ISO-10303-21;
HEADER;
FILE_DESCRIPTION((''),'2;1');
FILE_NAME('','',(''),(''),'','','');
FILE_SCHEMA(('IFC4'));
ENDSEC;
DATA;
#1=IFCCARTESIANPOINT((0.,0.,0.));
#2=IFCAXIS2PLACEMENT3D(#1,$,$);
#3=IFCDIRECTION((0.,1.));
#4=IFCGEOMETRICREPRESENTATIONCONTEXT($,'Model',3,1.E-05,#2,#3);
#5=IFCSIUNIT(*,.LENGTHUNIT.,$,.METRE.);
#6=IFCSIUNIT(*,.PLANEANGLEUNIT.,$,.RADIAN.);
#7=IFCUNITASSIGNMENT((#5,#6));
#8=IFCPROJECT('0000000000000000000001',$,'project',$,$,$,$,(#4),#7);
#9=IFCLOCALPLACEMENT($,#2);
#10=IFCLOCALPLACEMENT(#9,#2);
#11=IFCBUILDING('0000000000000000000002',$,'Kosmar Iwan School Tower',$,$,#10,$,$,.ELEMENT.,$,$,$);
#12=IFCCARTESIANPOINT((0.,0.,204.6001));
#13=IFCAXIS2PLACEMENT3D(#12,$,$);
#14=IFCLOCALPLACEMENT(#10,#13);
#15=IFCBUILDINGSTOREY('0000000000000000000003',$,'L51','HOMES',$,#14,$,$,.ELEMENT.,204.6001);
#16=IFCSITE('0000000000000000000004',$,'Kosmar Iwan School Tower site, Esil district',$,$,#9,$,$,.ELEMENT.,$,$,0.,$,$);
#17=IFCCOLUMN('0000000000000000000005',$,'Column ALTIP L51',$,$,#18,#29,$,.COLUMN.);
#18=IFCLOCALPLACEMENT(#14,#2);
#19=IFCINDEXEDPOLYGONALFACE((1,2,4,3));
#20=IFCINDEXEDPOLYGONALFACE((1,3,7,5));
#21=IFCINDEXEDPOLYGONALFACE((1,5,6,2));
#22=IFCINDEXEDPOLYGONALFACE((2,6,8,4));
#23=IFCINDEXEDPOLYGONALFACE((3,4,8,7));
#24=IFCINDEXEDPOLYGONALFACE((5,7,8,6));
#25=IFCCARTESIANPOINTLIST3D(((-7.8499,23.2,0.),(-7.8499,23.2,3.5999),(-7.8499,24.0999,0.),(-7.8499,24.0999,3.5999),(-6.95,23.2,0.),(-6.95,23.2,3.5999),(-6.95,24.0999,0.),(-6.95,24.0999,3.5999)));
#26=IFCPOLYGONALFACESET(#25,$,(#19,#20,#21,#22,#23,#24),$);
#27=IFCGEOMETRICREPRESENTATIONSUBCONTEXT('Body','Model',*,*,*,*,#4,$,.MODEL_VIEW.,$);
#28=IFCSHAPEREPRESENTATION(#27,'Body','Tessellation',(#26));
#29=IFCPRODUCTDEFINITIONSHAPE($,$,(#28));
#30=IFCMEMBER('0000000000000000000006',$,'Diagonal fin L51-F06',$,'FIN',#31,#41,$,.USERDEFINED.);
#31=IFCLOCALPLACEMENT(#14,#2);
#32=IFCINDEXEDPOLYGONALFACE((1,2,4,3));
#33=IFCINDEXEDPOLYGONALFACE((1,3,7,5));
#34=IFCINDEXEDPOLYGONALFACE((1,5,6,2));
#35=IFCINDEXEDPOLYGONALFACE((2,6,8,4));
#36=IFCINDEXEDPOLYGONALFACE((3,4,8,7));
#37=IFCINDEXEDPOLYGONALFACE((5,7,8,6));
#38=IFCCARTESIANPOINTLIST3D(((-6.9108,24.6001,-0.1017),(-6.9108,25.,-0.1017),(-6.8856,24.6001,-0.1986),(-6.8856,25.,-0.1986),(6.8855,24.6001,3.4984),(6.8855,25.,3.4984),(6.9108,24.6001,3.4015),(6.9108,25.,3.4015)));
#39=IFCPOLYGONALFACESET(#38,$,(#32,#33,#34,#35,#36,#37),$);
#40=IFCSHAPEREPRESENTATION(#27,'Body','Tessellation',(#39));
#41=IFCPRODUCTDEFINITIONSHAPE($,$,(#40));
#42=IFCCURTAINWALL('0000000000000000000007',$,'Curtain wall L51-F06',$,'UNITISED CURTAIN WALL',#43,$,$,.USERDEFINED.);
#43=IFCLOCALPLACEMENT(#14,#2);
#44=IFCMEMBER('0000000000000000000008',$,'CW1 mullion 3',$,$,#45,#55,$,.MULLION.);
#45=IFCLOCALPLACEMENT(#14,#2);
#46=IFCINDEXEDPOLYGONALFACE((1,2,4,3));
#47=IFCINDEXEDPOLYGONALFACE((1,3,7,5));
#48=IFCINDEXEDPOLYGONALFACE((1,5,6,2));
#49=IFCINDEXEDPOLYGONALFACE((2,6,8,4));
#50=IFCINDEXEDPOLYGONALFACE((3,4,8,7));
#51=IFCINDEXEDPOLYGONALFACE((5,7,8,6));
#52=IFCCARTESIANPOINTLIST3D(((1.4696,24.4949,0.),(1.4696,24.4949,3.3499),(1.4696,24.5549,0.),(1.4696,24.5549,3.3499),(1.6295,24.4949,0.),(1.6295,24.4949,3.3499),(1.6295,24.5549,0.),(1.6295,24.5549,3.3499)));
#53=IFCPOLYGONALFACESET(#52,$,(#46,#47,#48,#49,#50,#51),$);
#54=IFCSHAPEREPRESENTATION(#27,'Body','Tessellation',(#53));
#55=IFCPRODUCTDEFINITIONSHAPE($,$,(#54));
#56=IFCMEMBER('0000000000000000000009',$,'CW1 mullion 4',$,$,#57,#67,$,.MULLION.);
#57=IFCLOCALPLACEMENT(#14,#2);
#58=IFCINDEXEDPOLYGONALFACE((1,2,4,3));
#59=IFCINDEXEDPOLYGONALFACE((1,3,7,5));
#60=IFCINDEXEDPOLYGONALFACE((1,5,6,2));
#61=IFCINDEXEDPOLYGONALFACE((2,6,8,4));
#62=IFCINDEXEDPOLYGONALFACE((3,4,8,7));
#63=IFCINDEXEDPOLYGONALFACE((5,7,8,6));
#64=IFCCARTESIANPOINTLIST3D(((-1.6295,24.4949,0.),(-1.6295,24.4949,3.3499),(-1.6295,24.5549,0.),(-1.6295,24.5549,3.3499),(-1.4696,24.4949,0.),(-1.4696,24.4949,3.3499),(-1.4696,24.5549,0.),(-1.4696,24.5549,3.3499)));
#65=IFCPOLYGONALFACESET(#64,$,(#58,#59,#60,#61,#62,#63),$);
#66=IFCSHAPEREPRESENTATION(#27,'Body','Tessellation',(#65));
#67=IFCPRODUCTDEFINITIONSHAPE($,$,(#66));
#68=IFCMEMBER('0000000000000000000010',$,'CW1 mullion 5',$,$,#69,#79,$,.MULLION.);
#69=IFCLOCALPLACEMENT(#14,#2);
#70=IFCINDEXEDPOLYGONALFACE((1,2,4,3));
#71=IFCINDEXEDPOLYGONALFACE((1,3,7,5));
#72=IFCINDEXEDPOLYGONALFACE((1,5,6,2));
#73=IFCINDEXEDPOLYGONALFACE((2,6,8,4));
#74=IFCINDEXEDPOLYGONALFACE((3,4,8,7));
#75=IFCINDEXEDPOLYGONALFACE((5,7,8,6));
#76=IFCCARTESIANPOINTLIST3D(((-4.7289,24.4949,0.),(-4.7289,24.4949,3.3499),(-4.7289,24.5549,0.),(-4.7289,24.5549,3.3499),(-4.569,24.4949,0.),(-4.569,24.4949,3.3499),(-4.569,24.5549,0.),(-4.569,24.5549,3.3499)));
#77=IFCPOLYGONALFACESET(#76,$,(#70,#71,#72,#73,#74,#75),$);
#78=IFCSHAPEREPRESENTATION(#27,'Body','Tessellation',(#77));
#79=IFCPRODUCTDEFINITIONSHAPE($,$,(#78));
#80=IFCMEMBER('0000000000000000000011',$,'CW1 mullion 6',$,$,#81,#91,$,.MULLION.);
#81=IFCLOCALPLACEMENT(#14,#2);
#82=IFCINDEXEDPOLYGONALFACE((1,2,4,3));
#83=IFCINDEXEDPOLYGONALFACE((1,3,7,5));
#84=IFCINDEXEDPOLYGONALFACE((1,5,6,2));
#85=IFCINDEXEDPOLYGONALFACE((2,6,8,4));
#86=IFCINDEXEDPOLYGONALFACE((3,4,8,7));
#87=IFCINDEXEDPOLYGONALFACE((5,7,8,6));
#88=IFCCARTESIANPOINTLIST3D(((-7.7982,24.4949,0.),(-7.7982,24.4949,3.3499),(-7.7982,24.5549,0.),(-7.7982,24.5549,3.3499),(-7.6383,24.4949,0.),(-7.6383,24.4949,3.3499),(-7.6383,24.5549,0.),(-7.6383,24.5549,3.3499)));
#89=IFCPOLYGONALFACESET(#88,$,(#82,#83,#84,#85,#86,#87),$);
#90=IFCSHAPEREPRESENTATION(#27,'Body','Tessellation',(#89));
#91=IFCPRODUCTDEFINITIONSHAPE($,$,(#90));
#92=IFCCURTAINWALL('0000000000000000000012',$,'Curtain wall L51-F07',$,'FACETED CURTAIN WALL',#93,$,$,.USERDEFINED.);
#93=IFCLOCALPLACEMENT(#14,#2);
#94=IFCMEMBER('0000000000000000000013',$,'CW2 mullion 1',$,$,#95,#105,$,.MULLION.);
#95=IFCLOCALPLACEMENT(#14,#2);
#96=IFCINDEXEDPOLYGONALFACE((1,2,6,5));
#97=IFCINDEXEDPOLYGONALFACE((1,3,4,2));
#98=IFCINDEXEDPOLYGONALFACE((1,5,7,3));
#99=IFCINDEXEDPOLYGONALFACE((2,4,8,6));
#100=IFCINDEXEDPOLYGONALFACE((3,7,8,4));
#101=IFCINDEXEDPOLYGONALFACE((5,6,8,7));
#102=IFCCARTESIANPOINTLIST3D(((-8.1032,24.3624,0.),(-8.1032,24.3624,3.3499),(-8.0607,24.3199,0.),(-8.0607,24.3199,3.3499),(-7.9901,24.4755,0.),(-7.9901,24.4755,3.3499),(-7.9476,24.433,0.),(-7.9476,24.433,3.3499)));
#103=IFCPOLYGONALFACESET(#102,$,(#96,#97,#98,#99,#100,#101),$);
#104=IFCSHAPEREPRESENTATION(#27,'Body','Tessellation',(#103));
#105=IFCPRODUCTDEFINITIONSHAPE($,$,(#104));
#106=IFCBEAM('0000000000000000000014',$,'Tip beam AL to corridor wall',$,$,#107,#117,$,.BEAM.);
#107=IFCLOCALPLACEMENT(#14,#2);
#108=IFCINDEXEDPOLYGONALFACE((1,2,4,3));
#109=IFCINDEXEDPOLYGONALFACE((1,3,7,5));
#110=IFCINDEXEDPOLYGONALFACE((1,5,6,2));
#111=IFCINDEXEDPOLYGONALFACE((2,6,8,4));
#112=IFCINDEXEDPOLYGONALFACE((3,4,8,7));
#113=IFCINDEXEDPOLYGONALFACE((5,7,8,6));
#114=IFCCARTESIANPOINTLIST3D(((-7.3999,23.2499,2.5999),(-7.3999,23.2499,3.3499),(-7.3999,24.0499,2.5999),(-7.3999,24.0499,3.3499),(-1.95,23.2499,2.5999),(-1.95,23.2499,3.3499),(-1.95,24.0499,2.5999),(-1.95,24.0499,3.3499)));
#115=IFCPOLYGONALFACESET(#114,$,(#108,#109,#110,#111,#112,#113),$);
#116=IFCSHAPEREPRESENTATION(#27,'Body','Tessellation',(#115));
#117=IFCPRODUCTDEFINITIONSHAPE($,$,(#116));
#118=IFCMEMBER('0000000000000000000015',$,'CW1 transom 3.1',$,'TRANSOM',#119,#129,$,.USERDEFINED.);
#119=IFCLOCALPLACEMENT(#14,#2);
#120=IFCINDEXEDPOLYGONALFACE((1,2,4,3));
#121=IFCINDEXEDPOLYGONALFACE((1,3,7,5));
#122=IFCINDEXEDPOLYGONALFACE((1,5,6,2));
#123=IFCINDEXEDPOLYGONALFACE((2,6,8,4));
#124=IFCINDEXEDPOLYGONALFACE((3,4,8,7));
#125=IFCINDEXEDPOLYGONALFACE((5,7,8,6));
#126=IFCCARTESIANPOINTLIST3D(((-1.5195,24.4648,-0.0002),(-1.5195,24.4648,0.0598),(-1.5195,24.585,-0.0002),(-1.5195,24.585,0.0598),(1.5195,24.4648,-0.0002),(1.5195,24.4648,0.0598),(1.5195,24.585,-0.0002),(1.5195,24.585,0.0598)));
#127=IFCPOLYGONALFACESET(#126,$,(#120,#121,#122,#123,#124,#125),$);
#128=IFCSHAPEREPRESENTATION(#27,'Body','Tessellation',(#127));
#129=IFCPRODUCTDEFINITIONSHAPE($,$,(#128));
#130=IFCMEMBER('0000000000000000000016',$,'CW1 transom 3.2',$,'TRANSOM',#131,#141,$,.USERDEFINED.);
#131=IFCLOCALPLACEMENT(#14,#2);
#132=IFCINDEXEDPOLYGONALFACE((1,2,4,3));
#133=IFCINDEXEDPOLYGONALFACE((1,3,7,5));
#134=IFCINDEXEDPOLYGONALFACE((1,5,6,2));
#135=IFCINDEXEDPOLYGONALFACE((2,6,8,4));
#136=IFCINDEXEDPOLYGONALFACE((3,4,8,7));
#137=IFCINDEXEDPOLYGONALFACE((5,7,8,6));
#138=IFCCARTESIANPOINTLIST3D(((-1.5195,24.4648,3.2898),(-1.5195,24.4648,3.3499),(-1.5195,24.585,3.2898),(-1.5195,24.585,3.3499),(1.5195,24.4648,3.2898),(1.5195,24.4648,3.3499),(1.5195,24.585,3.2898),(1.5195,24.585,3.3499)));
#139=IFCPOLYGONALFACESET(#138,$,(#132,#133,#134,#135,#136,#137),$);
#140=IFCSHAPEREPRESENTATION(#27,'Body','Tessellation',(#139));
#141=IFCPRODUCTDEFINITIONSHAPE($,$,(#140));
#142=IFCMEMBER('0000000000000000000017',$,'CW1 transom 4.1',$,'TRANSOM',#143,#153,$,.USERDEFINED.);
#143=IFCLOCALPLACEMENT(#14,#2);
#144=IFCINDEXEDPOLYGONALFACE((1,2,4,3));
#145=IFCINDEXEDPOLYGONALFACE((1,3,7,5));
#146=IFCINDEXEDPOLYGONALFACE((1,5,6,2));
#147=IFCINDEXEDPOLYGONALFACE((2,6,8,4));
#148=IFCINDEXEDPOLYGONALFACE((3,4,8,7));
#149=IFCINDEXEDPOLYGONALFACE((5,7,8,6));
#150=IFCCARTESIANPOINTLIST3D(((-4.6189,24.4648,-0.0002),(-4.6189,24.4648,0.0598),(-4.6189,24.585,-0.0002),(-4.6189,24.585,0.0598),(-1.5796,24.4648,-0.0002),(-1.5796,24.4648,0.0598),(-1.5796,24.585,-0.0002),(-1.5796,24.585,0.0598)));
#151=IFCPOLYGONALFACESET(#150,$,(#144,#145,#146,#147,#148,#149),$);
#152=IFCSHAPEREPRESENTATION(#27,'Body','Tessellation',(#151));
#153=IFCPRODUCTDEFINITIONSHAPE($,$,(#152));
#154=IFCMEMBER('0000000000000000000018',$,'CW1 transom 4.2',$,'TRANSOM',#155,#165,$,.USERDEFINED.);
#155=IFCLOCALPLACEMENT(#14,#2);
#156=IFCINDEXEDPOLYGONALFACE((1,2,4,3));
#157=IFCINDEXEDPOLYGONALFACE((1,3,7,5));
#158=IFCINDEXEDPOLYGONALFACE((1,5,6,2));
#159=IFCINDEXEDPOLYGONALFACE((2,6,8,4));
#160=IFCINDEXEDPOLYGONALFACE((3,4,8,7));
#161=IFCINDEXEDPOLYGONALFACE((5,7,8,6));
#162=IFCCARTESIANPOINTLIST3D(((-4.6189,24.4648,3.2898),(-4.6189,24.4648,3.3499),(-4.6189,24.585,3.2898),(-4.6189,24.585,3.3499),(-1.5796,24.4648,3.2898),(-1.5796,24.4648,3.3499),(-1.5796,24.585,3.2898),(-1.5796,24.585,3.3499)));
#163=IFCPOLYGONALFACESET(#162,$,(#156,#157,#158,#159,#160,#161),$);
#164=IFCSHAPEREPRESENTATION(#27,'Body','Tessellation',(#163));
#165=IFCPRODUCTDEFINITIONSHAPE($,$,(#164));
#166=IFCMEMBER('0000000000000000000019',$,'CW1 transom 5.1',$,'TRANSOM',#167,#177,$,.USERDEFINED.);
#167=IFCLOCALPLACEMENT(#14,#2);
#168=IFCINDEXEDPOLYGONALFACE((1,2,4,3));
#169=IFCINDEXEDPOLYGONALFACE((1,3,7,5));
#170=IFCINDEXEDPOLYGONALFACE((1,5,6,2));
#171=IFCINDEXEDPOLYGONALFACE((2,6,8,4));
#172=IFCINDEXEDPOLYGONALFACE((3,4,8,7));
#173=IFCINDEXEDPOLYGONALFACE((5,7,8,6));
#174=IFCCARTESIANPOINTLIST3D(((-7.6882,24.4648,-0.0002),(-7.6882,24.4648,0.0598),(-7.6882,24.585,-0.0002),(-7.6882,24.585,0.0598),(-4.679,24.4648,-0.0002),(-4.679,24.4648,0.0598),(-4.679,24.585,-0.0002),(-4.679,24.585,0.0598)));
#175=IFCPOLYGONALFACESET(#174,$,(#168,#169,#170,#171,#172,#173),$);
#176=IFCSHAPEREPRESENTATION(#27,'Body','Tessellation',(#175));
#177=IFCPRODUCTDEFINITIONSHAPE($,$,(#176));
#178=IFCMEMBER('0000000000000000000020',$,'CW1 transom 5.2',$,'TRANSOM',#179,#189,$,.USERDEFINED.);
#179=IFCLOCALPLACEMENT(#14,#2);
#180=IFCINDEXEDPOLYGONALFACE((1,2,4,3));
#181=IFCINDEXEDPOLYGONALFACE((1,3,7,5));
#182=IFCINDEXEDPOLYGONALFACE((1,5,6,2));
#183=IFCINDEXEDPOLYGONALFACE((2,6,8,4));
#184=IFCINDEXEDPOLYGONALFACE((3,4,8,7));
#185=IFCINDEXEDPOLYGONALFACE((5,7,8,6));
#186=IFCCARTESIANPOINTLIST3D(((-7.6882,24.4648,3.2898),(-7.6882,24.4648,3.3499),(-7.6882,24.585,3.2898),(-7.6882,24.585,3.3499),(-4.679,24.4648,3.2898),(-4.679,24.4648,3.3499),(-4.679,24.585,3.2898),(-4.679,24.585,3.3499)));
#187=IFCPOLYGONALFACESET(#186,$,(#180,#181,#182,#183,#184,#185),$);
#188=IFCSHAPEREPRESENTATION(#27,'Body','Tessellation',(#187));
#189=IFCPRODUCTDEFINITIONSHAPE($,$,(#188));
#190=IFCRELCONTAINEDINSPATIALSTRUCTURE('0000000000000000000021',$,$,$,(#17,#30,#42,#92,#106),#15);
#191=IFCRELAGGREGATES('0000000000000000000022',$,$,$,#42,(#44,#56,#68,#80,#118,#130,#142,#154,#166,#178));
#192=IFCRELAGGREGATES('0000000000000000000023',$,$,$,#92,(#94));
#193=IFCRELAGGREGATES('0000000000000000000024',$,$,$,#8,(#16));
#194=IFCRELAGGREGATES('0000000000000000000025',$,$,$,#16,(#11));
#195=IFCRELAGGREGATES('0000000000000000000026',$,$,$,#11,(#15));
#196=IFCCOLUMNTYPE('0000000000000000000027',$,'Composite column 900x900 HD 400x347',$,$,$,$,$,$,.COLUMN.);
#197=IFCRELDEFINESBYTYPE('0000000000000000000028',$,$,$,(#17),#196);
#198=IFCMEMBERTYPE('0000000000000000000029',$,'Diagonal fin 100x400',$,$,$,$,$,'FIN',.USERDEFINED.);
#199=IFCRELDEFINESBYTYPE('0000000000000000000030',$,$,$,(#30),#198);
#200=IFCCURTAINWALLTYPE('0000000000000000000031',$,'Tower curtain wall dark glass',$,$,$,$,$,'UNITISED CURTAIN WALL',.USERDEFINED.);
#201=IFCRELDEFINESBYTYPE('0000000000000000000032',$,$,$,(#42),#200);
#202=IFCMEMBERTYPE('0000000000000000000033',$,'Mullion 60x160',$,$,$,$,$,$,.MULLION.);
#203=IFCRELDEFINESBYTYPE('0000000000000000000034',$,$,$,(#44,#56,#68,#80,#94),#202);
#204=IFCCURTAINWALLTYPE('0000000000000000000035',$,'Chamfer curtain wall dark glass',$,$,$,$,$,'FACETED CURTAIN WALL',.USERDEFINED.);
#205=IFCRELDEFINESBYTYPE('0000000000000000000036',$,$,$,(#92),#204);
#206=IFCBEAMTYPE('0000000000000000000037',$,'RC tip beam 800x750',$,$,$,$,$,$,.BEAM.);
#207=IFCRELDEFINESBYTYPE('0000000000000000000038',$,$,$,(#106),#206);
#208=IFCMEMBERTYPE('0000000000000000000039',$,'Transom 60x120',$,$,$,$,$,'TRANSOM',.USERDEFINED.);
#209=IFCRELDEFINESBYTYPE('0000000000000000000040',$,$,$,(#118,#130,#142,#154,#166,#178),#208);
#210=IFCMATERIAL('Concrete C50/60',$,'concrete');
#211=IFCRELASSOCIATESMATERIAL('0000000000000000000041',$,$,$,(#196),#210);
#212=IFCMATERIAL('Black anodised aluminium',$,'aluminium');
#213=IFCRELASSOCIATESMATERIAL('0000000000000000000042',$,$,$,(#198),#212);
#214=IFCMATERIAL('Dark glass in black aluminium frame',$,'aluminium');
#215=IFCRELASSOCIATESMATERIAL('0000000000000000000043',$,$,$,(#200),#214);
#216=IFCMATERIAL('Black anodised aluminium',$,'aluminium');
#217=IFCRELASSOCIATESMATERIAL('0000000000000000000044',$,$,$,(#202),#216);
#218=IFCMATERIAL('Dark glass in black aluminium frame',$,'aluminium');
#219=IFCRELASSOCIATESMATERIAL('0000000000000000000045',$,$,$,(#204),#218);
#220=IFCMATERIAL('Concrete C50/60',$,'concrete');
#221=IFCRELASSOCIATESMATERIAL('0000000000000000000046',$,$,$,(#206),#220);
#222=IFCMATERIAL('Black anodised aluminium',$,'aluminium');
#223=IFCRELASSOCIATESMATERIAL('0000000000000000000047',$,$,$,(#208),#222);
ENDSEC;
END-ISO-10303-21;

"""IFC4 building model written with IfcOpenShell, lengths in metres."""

from ifc_helpers import new_model, si_unit, direction, frame, origin, origin_2d, place, context, subcontext, project, spatial, rectangle, extrude, material, material_profile, profile_set, type_object, element, aggregate, save


model = new_model("IFC4")

# Units and contexts
model_context = context("Model", 3, precision=1e-05, world=origin(), true_north=direction((0.0, 1.0)))
body_context = subcontext(model_context, "Body", "Model", "MODEL_VIEW")
ifc_project = project(units=[si_unit("LENGTHUNIT", "METRE"), si_unit("PLANEANGLEUNIT", "RADIAN")], contexts=[model_context])

# Site, building, storey
site_placement = place(None, origin())
site = spatial("IfcSite", under=ifc_project, at=site_placement, Name="Kosmar Iwan School Tower site, Esil district", CompositionType="ELEMENT", RefElevation=0.0)
building_placement = place(site_placement, origin())
building = spatial("IfcBuilding", under=site, at=building_placement, Name="Kosmar Iwan School Tower", CompositionType="ELEMENT")
storey_placement = place(building_placement, frame((0.0, 0.0, 204.6001)))
storey = spatial("IfcBuildingStorey", under=building, at=storey_placement, Name="L51", Description="HOMES", CompositionType="ELEMENT", Elevation=204.6001)

# Column
ifc_material_1 = material(Name="Concrete C50/60", Category="concrete")
ifc_material_profile_1 = material_profile(ifc_material_1, rectangle(XDim=0.8999, YDim=0.8999, at=origin_2d()), Name="RC 900x900 + HD 400x347")
ifc_profile_set_1 = profile_set([ifc_material_profile_1], Name="Concrete C50/60")
column_type = type_object("IfcColumnType", Name="Composite column 900x900 HD 400x347", PredefinedType="COLUMN", material=ifc_profile_set_1)
column_placement = place(storey_placement, frame((-7.3999, 23.6499, 0.0), z_axis=(0.0, 0.0, 1.0), x_axis=(0.0, 1.0, 0.0)))
element("IfcColumn", 1, at=column_placement, inside=storey, type_object=column_type, Name="Column ALTIP L51", PredefinedType="COLUMN", context=body_context, shape_type="SweptSolid", body=[
    extrude(rectangle(XDim=0.8999, YDim=0.8999, at=origin_2d()), origin(), (0.0, 0.0, 1.0), 3.5999),
])

# Member
ifc_material_2 = material(Name="Black anodised aluminium", Category="aluminium")
ifc_material_profile_2 = material_profile(ifc_material_2, rectangle(XDim=0.1001, YDim=0.3999, at=origin_2d()), Name="FIN 100x400")
ifc_profile_set_2 = profile_set([ifc_material_profile_2], Name="Black anodised aluminium")
member_type_1 = type_object("IfcMemberType", Name="Diagonal fin 100x400", ElementType="FIN", PredefinedType="USERDEFINED", material=ifc_profile_set_2)
member_1_placement = place(storey_placement, frame((-6.8982, 24.8, -0.1501), z_axis=(0.967599, 0.0, 0.25249), x_axis=(-0.25249, 0.0, 0.967599)))
element("IfcMember", 2, at=member_1_placement, inside=storey, type_object=member_type_1, Name="Diagonal fin L51-F06", ObjectType="FIN", PredefinedType="USERDEFINED", context=body_context, shape_type="SweptSolid", body=[
    extrude(rectangle(XDim=0.1001, YDim=0.3999, at=origin_2d()), origin(), (0.0, 0.0, 1.0), 14.2583),
])

# Curtain wall, members
ifc_material_3 = material(Name="Dark glass in black aluminium frame", Category="aluminium")
curtain_wall_type_1 = type_object("IfcCurtainWallType", Name="Tower curtain wall dark glass", ElementType="UNITISED CURTAIN WALL", PredefinedType="USERDEFINED", material=ifc_material_3)
curtain_wall_1_placement = place(storey_placement, origin())
curtain_wall_1 = element("IfcCurtainWall", 3, at=curtain_wall_1_placement, inside=storey, type_object=curtain_wall_type_1, Name="Curtain wall L51-F06", ObjectType="UNITISED CURTAIN WALL", PredefinedType="USERDEFINED")
ifc_material_4 = material(Name="Black anodised aluminium", Category="aluminium")
ifc_material_profile_3 = material_profile(ifc_material_4, rectangle(XDim=0.0601, YDim=0.1599, at=origin_2d()), Name="MULLION 60x160")
ifc_profile_set_3 = profile_set([ifc_material_profile_3], Name="Black anodised aluminium")
member_type_2 = type_object("IfcMemberType", Name="Mullion 60x160", PredefinedType="MULLION", material=ifc_profile_set_3)
member_2_placement = place(storey_placement, frame((1.5496, 24.5249, 0.0), z_axis=(0.0, 0.0, 1.0), x_axis=(0.0, -1.0, 0.0)))
member_2 = element("IfcMember", 4, at=member_2_placement, type_object=member_type_2, Name="CW1 mullion 3", PredefinedType="MULLION", context=body_context, shape_type="SweptSolid", body=[
    extrude(rectangle(XDim=0.0601, YDim=0.1599, at=origin_2d()), origin(), (0.0, 0.0, 1.0), 3.3499),
])
member_3_placement = place(storey_placement, frame((-1.5496, 24.5249, 0.0), z_axis=(0.0, 0.0, 1.0), x_axis=(0.0, -1.0, 0.0)))
member_3 = element("IfcMember", 5, at=member_3_placement, type_object=member_type_2, Name="CW1 mullion 4", PredefinedType="MULLION", context=body_context, shape_type="SweptSolid", body=[
    extrude(rectangle(XDim=0.0601, YDim=0.1599, at=origin_2d()), origin(), (0.0, 0.0, 1.0), 3.3499),
])
member_4_placement = place(storey_placement, frame((-4.6489, 24.5249, 0.0), z_axis=(0.0, 0.0, 1.0), x_axis=(0.0, -1.0, 0.0)))
member_4 = element("IfcMember", 6, at=member_4_placement, type_object=member_type_2, Name="CW1 mullion 5", PredefinedType="MULLION", context=body_context, shape_type="SweptSolid", body=[
    extrude(rectangle(XDim=0.0601, YDim=0.1599, at=origin_2d()), origin(), (0.0, 0.0, 1.0), 3.3499),
])
member_5_placement = place(storey_placement, frame((-7.7183, 24.5249, 0.0), z_axis=(0.0, 0.0, 1.0), x_axis=(0.0, -1.0, 0.0)))
member_5 = element("IfcMember", 7, at=member_5_placement, type_object=member_type_2, Name="CW1 mullion 6", PredefinedType="MULLION", context=body_context, shape_type="SweptSolid", body=[
    extrude(rectangle(XDim=0.0601, YDim=0.1599, at=origin_2d()), origin(), (0.0, 0.0, 1.0), 3.3499),
])

# Curtain wall, member
ifc_material_5 = material(Name="Dark glass in black aluminium frame", Category="aluminium")
curtain_wall_type_2 = type_object("IfcCurtainWallType", Name="Chamfer curtain wall dark glass", ElementType="FACETED CURTAIN WALL", PredefinedType="USERDEFINED", material=ifc_material_5)
curtain_wall_2_placement = place(storey_placement, origin())
curtain_wall_2 = element("IfcCurtainWall", 8, at=curtain_wall_2_placement, inside=storey, type_object=curtain_wall_type_2, Name="Curtain wall L51-F07", ObjectType="FACETED CURTAIN WALL", PredefinedType="USERDEFINED")
member_6_placement = place(storey_placement, frame((-8.0254, 24.3977, 0.0), z_axis=(0.0, 0.0, 1.0), x_axis=(0.707107, -0.707107, 0.0)))
member_6 = element("IfcMember", 9, at=member_6_placement, type_object=member_type_2, Name="CW2 mullion 1", PredefinedType="MULLION", context=body_context, shape_type="SweptSolid", body=[
    extrude(rectangle(XDim=0.0601, YDim=0.1599, at=origin_2d()), origin(), (0.0, 0.0, 1.0), 3.3499),
])

# Beam
ifc_material_6 = material(Name="Concrete C50/60", Category="concrete")
ifc_material_profile_4 = material_profile(ifc_material_6, rectangle(XDim=0.8, YDim=0.75, at=origin_2d()), Name="RC 800x750")
ifc_profile_set_4 = profile_set([ifc_material_profile_4], Name="Concrete C50/60")
beam_type = type_object("IfcBeamType", Name="RC tip beam 800x750", PredefinedType="BEAM", material=ifc_profile_set_4)
beam_placement = place(storey_placement, frame((-7.3999, 23.6499, 2.9749), z_axis=(1.0, 0.0, 0.0), x_axis=(0.0, 1.0, 0.0)))
element("IfcBeam", 10, at=beam_placement, inside=storey, type_object=beam_type, Name="Tip beam AL to corridor wall", PredefinedType="BEAM", context=body_context, shape_type="SweptSolid", body=[
    extrude(rectangle(XDim=0.8, YDim=0.75, at=origin_2d()), origin(), (0.0, 0.0, 1.0), 5.45),
])

# Members
ifc_material_7 = material(Name="Black anodised aluminium", Category="aluminium")
ifc_material_profile_5 = material_profile(ifc_material_7, rectangle(XDim=0.1201, YDim=0.0601, at=origin_2d()), Name="TRANSOM 60x120")
ifc_profile_set_5 = profile_set([ifc_material_profile_5], Name="Black anodised aluminium")
member_type_3 = type_object("IfcMemberType", Name="Transom 60x120", ElementType="TRANSOM", PredefinedType="USERDEFINED", material=ifc_profile_set_5)
member_7_placement = place(storey_placement, frame((1.5195, 24.5249, 0.0298), z_axis=(-1.0, 0.0, 0.0), x_axis=(0.0, -1.0, 0.0)))
member_7 = element("IfcMember", 11, at=member_7_placement, type_object=member_type_3, Name="CW1 transom 3.1", ObjectType="TRANSOM", PredefinedType="USERDEFINED", context=body_context, shape_type="SweptSolid", body=[
    extrude(rectangle(XDim=0.1201, YDim=0.0601, at=origin_2d()), origin(), (0.0, 0.0, 1.0), 3.0391),
])
member_8_placement = place(storey_placement, frame((1.5195, 24.5249, 3.3198), z_axis=(-1.0, 0.0, 0.0), x_axis=(0.0, -1.0, 0.0)))
member_8 = element("IfcMember", 12, at=member_8_placement, type_object=member_type_3, Name="CW1 transom 3.2", ObjectType="TRANSOM", PredefinedType="USERDEFINED", context=body_context, shape_type="SweptSolid", body=[
    extrude(rectangle(XDim=0.1201, YDim=0.0601, at=origin_2d()), origin(), (0.0, 0.0, 1.0), 3.0391),
])
member_9_placement = place(storey_placement, frame((-1.5796, 24.5249, 0.0298), z_axis=(-1.0, 0.0, 0.0), x_axis=(0.0, -1.0, 0.0)))
member_9 = element("IfcMember", 13, at=member_9_placement, type_object=member_type_3, Name="CW1 transom 4.1", ObjectType="TRANSOM", PredefinedType="USERDEFINED", context=body_context, shape_type="SweptSolid", body=[
    extrude(rectangle(XDim=0.1201, YDim=0.0601, at=origin_2d()), origin(), (0.0, 0.0, 1.0), 3.0393),
])
member_10_placement = place(storey_placement, frame((-1.5796, 24.5249, 3.3198), z_axis=(-1.0, 0.0, 0.0), x_axis=(0.0, -1.0, 0.0)))
member_10 = element("IfcMember", 14, at=member_10_placement, type_object=member_type_3, Name="CW1 transom 4.2", ObjectType="TRANSOM", PredefinedType="USERDEFINED", context=body_context, shape_type="SweptSolid", body=[
    extrude(rectangle(XDim=0.1201, YDim=0.0601, at=origin_2d()), origin(), (0.0, 0.0, 1.0), 3.0393),
])
member_11_placement = place(storey_placement, frame((-4.679, 24.5249, 0.0298), z_axis=(-1.0, 0.0, 0.0), x_axis=(0.0, -1.0, 0.0)))
member_11 = element("IfcMember", 15, at=member_11_placement, type_object=member_type_3, Name="CW1 transom 5.1", ObjectType="TRANSOM", PredefinedType="USERDEFINED", context=body_context, shape_type="SweptSolid", body=[
    extrude(rectangle(XDim=0.1201, YDim=0.0601, at=origin_2d()), origin(), (0.0, 0.0, 1.0), 3.0093),
])
member_12_placement = place(storey_placement, frame((-4.679, 24.5249, 3.3198), z_axis=(-1.0, 0.0, 0.0), x_axis=(0.0, -1.0, 0.0)))
member_12 = element("IfcMember", 16, at=member_12_placement, type_object=member_type_3, Name="CW1 transom 5.2", ObjectType="TRANSOM", PredefinedType="USERDEFINED", context=body_context, shape_type="SweptSolid", body=[
    extrude(rectangle(XDim=0.1201, YDim=0.0601, at=origin_2d()), origin(), (0.0, 0.0, 1.0), 3.0093),
])

aggregate(curtain_wall_1, [member_2, member_3, member_4, member_5, member_7, member_8, member_9, member_10, member_11, member_12])
aggregate(curtain_wall_2, [member_6])

save(model, "model.ifc")
